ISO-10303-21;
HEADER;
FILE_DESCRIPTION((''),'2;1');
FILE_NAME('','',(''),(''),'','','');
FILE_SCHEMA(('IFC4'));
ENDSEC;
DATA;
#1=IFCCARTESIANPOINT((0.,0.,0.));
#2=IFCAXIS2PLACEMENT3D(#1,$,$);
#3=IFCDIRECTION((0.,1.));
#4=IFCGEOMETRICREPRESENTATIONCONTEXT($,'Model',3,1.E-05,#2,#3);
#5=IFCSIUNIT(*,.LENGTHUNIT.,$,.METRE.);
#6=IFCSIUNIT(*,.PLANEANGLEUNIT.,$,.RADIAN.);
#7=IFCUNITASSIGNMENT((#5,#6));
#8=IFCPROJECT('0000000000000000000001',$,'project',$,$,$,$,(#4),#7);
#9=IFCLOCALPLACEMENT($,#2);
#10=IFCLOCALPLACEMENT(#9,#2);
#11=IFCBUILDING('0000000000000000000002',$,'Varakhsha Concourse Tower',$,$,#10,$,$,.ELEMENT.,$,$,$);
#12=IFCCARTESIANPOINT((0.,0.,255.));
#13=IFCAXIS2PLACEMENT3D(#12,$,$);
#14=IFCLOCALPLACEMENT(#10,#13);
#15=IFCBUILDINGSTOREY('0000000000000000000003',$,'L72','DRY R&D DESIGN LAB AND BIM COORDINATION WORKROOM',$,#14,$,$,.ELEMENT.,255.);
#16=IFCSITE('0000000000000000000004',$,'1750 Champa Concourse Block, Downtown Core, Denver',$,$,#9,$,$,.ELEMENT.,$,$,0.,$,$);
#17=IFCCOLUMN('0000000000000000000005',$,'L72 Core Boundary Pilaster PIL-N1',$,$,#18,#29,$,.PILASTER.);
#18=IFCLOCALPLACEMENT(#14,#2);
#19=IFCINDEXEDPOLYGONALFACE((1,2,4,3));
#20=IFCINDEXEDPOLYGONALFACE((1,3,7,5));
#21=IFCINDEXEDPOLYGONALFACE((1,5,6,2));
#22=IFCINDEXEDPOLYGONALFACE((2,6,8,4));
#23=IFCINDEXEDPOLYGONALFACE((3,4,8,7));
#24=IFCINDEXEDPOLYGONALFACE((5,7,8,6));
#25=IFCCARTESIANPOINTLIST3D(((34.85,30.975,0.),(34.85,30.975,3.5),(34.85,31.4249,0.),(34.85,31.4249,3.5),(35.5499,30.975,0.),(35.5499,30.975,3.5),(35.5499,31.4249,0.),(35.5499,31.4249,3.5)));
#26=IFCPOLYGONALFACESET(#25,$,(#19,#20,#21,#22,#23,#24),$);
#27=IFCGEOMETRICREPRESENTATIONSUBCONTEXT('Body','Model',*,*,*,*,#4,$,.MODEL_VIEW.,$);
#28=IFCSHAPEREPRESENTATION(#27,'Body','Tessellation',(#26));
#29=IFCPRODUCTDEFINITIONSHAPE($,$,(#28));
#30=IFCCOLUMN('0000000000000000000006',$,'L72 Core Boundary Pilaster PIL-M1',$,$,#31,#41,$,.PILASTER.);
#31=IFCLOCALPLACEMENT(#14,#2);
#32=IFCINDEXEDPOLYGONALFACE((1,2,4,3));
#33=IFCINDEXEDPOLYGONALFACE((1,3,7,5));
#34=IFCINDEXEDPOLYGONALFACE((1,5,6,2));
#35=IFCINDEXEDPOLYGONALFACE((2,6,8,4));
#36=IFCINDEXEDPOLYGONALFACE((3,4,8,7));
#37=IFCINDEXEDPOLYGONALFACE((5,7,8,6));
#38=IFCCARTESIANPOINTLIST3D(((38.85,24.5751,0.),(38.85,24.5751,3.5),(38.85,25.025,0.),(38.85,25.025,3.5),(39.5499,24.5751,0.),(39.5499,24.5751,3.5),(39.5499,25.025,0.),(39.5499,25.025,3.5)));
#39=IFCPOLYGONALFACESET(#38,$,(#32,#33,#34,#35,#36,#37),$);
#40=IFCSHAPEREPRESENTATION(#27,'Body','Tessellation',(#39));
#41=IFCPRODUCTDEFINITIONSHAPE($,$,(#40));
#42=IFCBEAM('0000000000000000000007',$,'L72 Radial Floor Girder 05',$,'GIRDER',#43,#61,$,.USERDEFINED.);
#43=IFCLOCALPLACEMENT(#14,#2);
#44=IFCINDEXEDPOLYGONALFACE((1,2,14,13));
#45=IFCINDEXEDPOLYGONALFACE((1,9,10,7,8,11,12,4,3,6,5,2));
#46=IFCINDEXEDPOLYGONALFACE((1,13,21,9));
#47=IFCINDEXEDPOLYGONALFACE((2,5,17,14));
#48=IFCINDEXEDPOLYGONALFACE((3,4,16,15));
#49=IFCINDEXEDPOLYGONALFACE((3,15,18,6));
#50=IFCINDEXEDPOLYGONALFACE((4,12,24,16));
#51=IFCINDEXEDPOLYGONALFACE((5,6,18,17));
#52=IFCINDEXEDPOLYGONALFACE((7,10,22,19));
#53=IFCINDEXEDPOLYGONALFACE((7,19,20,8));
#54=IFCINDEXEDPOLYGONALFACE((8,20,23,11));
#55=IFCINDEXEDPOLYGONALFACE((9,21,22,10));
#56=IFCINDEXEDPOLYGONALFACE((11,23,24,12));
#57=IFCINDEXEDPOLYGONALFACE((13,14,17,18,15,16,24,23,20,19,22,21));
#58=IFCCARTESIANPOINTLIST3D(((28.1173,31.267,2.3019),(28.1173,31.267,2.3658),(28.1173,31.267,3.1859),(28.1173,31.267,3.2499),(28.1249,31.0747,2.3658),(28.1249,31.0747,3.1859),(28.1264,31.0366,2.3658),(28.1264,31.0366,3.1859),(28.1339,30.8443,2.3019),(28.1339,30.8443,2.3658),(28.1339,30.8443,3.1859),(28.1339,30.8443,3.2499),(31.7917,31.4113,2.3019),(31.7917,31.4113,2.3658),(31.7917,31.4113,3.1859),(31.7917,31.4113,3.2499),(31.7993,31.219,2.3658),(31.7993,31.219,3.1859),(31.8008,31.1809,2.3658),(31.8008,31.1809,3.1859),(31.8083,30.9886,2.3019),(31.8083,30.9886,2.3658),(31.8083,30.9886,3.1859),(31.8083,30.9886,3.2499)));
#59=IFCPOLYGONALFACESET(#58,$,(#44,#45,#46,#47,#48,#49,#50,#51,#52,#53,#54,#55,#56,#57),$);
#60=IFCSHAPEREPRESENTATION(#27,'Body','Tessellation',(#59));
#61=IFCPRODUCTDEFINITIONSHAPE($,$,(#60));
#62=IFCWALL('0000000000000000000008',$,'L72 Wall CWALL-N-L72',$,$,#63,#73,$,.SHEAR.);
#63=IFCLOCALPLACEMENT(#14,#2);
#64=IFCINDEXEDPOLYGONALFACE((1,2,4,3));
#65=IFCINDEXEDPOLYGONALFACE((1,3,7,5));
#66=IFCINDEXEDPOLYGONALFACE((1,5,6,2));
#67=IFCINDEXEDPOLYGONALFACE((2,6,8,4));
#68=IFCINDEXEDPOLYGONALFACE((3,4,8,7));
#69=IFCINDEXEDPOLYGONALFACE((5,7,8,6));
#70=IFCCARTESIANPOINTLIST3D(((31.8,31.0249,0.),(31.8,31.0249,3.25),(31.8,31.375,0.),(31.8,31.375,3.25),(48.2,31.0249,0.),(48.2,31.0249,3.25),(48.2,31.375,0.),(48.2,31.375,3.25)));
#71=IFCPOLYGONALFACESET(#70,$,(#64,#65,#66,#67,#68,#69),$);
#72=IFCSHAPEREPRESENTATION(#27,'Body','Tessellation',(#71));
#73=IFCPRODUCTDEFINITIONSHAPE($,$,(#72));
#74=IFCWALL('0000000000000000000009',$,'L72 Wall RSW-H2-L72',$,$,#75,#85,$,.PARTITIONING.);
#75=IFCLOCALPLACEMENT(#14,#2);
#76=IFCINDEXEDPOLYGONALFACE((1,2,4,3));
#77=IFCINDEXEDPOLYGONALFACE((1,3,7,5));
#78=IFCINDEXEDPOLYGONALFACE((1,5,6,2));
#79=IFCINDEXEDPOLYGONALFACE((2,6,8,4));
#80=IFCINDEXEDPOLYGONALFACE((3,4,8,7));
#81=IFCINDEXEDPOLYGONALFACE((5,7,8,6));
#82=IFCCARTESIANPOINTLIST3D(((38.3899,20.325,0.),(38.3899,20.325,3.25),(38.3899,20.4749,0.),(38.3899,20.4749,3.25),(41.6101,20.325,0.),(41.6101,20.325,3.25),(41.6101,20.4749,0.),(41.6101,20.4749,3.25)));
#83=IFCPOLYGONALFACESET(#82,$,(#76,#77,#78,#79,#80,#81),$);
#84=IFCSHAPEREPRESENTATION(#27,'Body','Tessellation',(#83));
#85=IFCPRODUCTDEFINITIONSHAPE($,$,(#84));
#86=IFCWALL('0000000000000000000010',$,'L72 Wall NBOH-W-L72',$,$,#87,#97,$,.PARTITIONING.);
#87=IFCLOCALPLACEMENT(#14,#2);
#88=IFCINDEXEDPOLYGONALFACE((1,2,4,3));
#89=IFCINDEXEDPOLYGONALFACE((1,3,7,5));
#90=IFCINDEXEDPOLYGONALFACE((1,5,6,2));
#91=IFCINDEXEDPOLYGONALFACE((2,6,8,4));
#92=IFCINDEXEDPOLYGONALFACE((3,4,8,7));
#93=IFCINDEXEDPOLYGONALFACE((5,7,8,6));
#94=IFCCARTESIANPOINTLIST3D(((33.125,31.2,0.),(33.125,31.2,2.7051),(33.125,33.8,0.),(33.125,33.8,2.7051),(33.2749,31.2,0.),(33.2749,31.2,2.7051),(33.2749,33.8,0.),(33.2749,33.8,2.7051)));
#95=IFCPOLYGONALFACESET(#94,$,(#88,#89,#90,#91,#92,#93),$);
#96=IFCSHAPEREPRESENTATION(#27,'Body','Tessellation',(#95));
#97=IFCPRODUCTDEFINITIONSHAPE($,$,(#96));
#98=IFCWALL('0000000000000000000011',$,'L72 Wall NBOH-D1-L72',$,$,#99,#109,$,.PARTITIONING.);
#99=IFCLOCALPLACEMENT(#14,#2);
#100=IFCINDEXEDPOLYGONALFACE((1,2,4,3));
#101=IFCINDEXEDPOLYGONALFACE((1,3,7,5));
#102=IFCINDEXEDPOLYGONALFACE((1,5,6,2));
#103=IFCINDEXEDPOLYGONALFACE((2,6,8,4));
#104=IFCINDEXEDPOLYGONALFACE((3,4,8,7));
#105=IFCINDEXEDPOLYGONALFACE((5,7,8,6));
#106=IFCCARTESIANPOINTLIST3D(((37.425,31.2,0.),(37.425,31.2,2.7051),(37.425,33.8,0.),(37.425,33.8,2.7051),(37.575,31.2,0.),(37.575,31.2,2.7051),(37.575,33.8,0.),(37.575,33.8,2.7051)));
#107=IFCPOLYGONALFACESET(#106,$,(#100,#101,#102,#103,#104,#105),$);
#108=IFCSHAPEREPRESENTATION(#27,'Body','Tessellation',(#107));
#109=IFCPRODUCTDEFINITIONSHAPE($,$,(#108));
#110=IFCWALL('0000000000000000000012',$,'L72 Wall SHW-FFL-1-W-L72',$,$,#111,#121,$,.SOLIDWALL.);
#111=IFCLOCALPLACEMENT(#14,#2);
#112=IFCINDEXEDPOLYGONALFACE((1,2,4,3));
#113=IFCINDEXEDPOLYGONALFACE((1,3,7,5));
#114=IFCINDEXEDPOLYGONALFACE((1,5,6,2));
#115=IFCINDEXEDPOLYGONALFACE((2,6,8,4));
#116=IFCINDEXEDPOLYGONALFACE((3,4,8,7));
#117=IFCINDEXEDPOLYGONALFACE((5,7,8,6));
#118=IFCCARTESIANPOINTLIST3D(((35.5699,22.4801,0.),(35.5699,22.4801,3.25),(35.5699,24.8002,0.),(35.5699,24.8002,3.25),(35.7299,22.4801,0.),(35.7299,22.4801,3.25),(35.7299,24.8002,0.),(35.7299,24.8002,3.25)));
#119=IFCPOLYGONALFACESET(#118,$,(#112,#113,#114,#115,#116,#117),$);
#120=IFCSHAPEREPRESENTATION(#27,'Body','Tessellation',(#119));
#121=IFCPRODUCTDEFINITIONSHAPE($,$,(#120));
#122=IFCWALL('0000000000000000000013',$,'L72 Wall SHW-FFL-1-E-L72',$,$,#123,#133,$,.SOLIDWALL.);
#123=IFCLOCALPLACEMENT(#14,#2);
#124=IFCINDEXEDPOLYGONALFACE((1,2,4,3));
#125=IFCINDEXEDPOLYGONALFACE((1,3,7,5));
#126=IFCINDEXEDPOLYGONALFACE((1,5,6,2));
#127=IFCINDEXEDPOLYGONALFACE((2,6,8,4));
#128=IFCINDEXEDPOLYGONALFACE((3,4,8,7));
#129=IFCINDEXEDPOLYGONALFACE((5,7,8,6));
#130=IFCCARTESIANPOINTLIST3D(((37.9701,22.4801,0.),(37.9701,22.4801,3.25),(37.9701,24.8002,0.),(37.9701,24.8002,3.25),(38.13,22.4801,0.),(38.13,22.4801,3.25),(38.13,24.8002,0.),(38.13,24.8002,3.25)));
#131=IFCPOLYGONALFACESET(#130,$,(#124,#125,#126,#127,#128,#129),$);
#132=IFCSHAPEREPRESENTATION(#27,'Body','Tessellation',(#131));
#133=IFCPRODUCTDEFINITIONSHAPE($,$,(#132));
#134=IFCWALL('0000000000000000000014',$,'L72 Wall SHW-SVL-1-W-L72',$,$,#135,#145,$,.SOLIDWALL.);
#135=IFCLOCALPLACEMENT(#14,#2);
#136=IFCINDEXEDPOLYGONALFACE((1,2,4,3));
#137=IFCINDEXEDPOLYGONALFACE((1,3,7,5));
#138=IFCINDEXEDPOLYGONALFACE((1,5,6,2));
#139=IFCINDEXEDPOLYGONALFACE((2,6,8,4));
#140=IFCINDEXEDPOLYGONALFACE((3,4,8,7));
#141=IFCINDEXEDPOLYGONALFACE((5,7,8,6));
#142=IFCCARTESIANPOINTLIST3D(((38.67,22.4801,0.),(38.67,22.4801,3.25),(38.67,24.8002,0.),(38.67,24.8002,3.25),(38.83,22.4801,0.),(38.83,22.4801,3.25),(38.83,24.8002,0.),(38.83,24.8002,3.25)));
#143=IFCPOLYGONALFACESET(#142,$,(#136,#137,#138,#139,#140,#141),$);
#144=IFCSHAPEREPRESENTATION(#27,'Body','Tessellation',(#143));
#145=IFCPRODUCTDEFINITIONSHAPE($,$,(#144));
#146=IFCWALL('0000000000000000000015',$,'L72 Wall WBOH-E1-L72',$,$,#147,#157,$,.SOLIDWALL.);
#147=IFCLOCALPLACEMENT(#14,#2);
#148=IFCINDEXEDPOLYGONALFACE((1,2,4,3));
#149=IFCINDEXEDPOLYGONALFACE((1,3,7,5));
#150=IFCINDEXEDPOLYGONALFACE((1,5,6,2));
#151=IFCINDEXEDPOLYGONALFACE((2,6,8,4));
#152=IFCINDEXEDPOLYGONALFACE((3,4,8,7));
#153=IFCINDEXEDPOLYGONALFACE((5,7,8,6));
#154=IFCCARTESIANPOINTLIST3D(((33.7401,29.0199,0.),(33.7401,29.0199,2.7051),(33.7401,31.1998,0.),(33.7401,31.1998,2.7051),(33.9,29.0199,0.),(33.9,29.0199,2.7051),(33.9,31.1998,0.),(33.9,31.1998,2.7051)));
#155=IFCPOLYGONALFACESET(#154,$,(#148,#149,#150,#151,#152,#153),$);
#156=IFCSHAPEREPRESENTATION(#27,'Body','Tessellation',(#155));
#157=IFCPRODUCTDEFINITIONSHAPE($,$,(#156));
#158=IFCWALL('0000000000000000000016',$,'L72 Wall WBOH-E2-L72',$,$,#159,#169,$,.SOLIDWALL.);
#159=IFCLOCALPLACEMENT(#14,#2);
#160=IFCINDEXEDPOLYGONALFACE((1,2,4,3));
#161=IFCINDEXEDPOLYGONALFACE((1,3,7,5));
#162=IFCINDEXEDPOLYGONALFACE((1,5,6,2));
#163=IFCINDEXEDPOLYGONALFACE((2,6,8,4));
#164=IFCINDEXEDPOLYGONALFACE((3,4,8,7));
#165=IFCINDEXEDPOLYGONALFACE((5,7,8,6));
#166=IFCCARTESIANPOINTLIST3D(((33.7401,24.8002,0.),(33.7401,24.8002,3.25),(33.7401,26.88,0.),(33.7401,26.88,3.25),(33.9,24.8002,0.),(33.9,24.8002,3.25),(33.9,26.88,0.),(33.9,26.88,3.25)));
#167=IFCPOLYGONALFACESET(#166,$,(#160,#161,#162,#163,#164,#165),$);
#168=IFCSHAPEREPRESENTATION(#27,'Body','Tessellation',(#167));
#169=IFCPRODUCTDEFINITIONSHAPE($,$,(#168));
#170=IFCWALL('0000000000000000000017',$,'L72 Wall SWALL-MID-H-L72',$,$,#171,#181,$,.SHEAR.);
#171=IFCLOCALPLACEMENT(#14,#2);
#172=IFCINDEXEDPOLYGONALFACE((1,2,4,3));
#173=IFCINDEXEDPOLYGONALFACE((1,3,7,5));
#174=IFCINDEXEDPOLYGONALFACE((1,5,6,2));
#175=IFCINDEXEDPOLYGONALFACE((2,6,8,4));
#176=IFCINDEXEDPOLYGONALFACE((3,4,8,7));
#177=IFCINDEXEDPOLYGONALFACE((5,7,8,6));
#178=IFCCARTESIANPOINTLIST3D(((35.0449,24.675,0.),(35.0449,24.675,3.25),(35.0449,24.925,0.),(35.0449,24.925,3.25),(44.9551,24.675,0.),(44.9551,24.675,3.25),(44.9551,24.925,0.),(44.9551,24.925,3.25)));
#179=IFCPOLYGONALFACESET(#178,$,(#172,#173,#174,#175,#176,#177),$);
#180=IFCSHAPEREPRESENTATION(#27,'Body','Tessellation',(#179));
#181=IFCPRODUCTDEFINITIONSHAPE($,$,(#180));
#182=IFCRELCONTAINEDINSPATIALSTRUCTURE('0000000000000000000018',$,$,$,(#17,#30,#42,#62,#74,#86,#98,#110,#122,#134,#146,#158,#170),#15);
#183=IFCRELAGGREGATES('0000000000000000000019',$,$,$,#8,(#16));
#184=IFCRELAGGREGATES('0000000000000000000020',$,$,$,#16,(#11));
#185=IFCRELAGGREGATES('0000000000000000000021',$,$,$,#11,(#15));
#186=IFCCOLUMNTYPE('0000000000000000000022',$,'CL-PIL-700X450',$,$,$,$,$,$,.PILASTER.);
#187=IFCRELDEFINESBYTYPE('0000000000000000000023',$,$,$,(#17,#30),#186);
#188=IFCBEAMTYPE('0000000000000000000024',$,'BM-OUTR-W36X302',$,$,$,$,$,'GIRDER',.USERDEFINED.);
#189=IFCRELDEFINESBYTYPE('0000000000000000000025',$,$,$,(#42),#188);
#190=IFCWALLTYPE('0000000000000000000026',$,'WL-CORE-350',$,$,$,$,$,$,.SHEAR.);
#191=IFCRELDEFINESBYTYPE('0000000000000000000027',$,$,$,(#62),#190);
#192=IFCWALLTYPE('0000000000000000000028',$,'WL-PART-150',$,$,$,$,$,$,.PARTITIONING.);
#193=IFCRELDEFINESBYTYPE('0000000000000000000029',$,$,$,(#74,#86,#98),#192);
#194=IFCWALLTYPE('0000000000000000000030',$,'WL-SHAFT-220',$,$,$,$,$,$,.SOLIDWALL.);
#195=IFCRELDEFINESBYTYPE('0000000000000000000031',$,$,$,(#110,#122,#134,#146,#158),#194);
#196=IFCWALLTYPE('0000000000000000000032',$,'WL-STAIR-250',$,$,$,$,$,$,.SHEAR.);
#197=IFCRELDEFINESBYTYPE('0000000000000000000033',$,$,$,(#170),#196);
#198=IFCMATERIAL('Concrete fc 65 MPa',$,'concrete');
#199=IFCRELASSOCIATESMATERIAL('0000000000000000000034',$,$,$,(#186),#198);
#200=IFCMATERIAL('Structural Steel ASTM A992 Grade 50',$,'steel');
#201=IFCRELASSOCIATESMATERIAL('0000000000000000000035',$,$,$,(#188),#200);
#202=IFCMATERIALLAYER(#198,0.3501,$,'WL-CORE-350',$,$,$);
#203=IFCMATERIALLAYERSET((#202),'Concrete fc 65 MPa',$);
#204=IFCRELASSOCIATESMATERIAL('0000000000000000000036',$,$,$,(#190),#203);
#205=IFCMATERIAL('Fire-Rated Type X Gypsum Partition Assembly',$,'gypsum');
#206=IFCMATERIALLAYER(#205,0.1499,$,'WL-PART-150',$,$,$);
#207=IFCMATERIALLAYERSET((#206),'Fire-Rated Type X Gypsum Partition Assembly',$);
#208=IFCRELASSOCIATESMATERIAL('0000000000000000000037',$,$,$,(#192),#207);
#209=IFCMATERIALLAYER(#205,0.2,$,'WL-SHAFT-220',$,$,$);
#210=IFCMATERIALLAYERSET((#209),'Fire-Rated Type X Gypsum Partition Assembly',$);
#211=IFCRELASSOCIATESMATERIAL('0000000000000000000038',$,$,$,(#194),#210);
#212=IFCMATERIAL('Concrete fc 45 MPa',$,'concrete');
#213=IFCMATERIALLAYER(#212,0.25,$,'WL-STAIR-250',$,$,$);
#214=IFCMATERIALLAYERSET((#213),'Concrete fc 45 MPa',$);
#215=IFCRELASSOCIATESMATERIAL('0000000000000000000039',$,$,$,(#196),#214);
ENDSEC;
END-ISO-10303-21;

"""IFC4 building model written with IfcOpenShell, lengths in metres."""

from ifc_helpers import new_model, si_unit, direction, frame, frame_2d, origin, origin_2d, place, context, subcontext, project, spatial, rectangle, i_section, extrude, material, layer, layer_set, material_profile, profile_set, type_object, element, save


model = new_model("IFC4")

# Units and contexts
model_context = context("Model", 3, precision=1e-05, world=origin(), true_north=direction((0.0, 1.0)))
body_context = subcontext(model_context, "Body", "Model", "MODEL_VIEW")
ifc_project = project(units=[si_unit("LENGTHUNIT", "METRE"), si_unit("PLANEANGLEUNIT", "RADIAN")], contexts=[model_context])

# Site, building, storey
site_placement = place(None, origin())
site = spatial("IfcSite", under=ifc_project, at=site_placement, Name="1750 Champa Concourse Block, Downtown Core, Denver", CompositionType="ELEMENT", RefElevation=0.0)
building_placement = place(site_placement, origin())
building = spatial("IfcBuilding", under=site, at=building_placement, Name="Varakhsha Concourse Tower", CompositionType="ELEMENT")
storey_placement = place(building_placement, frame((0.0, 0.0, 255.0)))
storey = spatial("IfcBuildingStorey", under=building, at=storey_placement, Name="L72", Description="DRY R&D DESIGN LAB AND BIM COORDINATION WORKROOM", CompositionType="ELEMENT", Elevation=255.0)

# Columns
ifc_material_1 = material(Name="Concrete fc 65 MPa", Category="concrete")
ifc_material_profile_1 = material_profile(ifc_material_1, rectangle(XDim=0.7, YDim=0.45, at=origin_2d()), Name="RC 700x450")
ifc_profile_set_1 = profile_set([ifc_material_profile_1], Name="Concrete fc 65 MPa")
column_type = type_object("IfcColumnType", Name="CL-PIL-700X450", PredefinedType="PILASTER", material=ifc_profile_set_1)
for number, where, z_axis, x_axis, name in (
    (1, (35.2, 31.2, 0.0), (0.0, 0.0, 1.0), (1.0, 0.0, 0.0), "L72 Core Boundary Pilaster PIL-N1"),
    (2, (39.2, 24.8, 0.0), (0.0, 0.0, 1.0), (1.0, 0.0, 0.0), "L72 Core Boundary Pilaster PIL-M1"),
):
    element("IfcColumn", number, at=place(storey_placement, frame(where, z_axis=z_axis, x_axis=x_axis)), inside=storey, type_object=column_type, Name=name, PredefinedType="PILASTER", context=body_context, shape_type="SweptSolid", body=[
        extrude(rectangle(XDim=0.7, YDim=0.45, at=origin_2d()), origin(), (0.0, 0.0, 1.0), 3.5),
    ])

# Beam
ifc_material_2 = material(Name="Structural Steel ASTM A992 Grade 50", Category="steel")
ifc_material_profile_2 = material_profile(ifc_material_2, i_section(OverallWidth=0.4231, OverallDepth=0.948, WebThickness=0.0381, FlangeThickness=0.064, at=origin_2d()), Name="W36X302")
ifc_profile_set_2 = profile_set([ifc_material_profile_2], Name="Structural Steel ASTM A992 Grade 50")
beam_type = type_object("IfcBeamType", Name="BM-OUTR-W36X302", ElementType="GIRDER", PredefinedType="USERDEFINED", material=ifc_profile_set_2)
beam_placement = place(storey_placement, frame((31.8, 31.2, 2.7759), z_axis=(-0.99923, -0.039239, 0.0), x_axis=(0.039239, -0.99923, 0.0)))
element("IfcBeam", 3, at=beam_placement, inside=storey, type_object=beam_type, Name="L72 Radial Floor Girder 05", ObjectType="GIRDER", PredefinedType="USERDEFINED", context=body_context, shape_type="SweptSolid", body=[
    extrude(i_section(OverallWidth=0.4231, OverallDepth=0.948, WebThickness=0.0381, FlangeThickness=0.064, at=origin_2d()), origin(), (0.0, 0.0, 1.0), 3.6772),
])

# Walls
ifc_layer_1 = layer(ifc_material_1, 0.3501, Name="WL-CORE-350")
ifc_layer_set_1 = layer_set([ifc_layer_1], Name="Concrete fc 65 MPa")
wall_type_1 = type_object("IfcWallType", Name="WL-CORE-350", PredefinedType="SHEAR", material=ifc_layer_set_1)
wall_1_placement = place(storey_placement, frame((31.8, 31.2, 0.0), z_axis=(0.0, 0.0, 1.0), x_axis=(1.0, 0.0, 0.0)))
element("IfcWall", 4, at=wall_1_placement, inside=storey, type_object=wall_type_1, Name="L72 Wall CWALL-N-L72", PredefinedType="SHEAR", context=body_context, shape_type="SweptSolid", body=[
    extrude(rectangle(XDim=16.3999, YDim=0.3501, at=frame_2d((8.2, 0.0))), origin(), (0.0, 0.0, 1.0), 3.25),
])
ifc_material_3 = material(Name="Fire-Rated Type X Gypsum Partition Assembly", Category="gypsum")
ifc_layer_2 = layer(ifc_material_3, 0.1499, Name="WL-PART-150")
ifc_layer_set_2 = layer_set([ifc_layer_2], Name="Fire-Rated Type X Gypsum Partition Assembly")
wall_type_2 = type_object("IfcWallType", Name="WL-PART-150", PredefinedType="PARTITIONING", material=ifc_layer_set_2)
wall_2_placement = place(storey_placement, frame((38.3899, 20.3999, 0.0), z_axis=(0.0, 0.0, 1.0), x_axis=(1.0, 0.0, 0.0)))
element("IfcWall", 5, at=wall_2_placement, inside=storey, type_object=wall_type_2, Name="L72 Wall RSW-H2-L72", PredefinedType="PARTITIONING", context=body_context, shape_type="SweptSolid", body=[
    extrude(rectangle(XDim=3.2202, YDim=0.1499, at=frame_2d((1.6101, 0.0))), origin(), (0.0, 0.0, 1.0), 3.25),
])
for number, where, z_axis, x_axis, name in (
    (6, (33.2, 31.2, 0.0), (0.0, 0.0, 1.0), (0.0, 1.0, 0.0), "L72 Wall NBOH-W-L72"),
    (7, (37.5, 31.2, 0.0), (0.0, 0.0, 1.0), (0.0, 1.0, 0.0), "L72 Wall NBOH-D1-L72"),
):
    element("IfcWall", number, at=place(storey_placement, frame(where, z_axis=z_axis, x_axis=x_axis)), inside=storey, type_object=wall_type_2, Name=name, PredefinedType="PARTITIONING", context=body_context, shape_type="SweptSolid", body=[
        extrude(rectangle(XDim=2.6001, YDim=0.1499, at=frame_2d((1.3, 0.0))), origin(), (0.0, 0.0, 1.0), 2.7051),
    ])

# Shared definitions
ifc_layer_3 = layer(ifc_material_3, 0.2, Name="WL-SHAFT-220")
ifc_layer_set_3 = layer_set([ifc_layer_3], Name="Fire-Rated Type X Gypsum Partition Assembly")
wall_type_3 = type_object("IfcWallType", Name="WL-SHAFT-220", PredefinedType="SOLIDWALL", material=ifc_layer_set_3)

# Walls
for number, where, z_axis, x_axis, name in (
    (8, (35.6499, 22.48, 0.0), (0.0, 0.0, 1.0), (0.0, 1.0, 0.0), "L72 Wall SHW-FFL-1-W-L72"),
    (9, (38.05, 22.48, 0.0), (0.0, 0.0, 1.0), (0.0, 1.0, 0.0), "L72 Wall SHW-FFL-1-E-L72"),
    (10, (38.75, 22.48, 0.0), (0.0, 0.0, 1.0), (0.0, 1.0, 0.0), "L72 Wall SHW-SVL-1-W-L72"),
):
    element("IfcWall", number, at=place(storey_placement, frame(where, z_axis=z_axis, x_axis=x_axis)), inside=storey, type_object=wall_type_3, Name=name, PredefinedType="SOLIDWALL", context=body_context, shape_type="SweptSolid", body=[
        extrude(rectangle(XDim=2.3201, YDim=0.1599, at=frame_2d((1.1602, 0.0))), origin(), (0.0, 0.0, 1.0), 3.25),
    ])
wall_3_placement = place(storey_placement, frame((33.8201, 29.02, 0.0), z_axis=(0.0, 0.0, 1.0), x_axis=(0.0, 1.0, 0.0)))
element("IfcWall", 11, at=wall_3_placement, inside=storey, type_object=wall_type_3, Name="L72 Wall WBOH-E1-L72", PredefinedType="SOLIDWALL", context=body_context, shape_type="SweptSolid", body=[
    extrude(rectangle(XDim=2.1799, YDim=0.1599, at=frame_2d((1.0898, 0.0))), origin(), (0.0, 0.0, 1.0), 2.7051),
])
wall_4_placement = place(storey_placement, frame((33.8201, 24.8, 0.0), z_axis=(0.0, 0.0, 1.0), x_axis=(0.0, 1.0, 0.0)))
element("IfcWall", 12, at=wall_4_placement, inside=storey, type_object=wall_type_3, Name="L72 Wall WBOH-E2-L72", PredefinedType="SOLIDWALL", context=body_context, shape_type="SweptSolid", body=[
    extrude(rectangle(XDim=2.0798, YDim=0.1599, at=frame_2d((1.04, 0.0))), origin(), (0.0, 0.0, 1.0), 3.25),
])
ifc_material_4 = material(Name="Concrete fc 45 MPa", Category="concrete")
ifc_layer_4 = layer(ifc_material_4, 0.25, Name="WL-STAIR-250")
ifc_layer_set_4 = layer_set([ifc_layer_4], Name="Concrete fc 45 MPa")
wall_type_4 = type_object("IfcWallType", Name="WL-STAIR-250", PredefinedType="SHEAR", material=ifc_layer_set_4)
wall_5_placement = place(storey_placement, frame((35.0449, 24.8, 0.0), z_axis=(0.0, 0.0, 1.0), x_axis=(1.0, 0.0, 0.0)))
element("IfcWall", 13, at=wall_5_placement, inside=storey, type_object=wall_type_4, Name="L72 Wall SWALL-MID-H-L72", PredefinedType="SHEAR", context=body_context, shape_type="SweptSolid", body=[
    extrude(rectangle(XDim=9.9102, YDim=0.25, at=frame_2d((4.9551, 0.0))), origin(), (0.0, 0.0, 1.0), 3.25),
])

save(model, "model.ifc")
